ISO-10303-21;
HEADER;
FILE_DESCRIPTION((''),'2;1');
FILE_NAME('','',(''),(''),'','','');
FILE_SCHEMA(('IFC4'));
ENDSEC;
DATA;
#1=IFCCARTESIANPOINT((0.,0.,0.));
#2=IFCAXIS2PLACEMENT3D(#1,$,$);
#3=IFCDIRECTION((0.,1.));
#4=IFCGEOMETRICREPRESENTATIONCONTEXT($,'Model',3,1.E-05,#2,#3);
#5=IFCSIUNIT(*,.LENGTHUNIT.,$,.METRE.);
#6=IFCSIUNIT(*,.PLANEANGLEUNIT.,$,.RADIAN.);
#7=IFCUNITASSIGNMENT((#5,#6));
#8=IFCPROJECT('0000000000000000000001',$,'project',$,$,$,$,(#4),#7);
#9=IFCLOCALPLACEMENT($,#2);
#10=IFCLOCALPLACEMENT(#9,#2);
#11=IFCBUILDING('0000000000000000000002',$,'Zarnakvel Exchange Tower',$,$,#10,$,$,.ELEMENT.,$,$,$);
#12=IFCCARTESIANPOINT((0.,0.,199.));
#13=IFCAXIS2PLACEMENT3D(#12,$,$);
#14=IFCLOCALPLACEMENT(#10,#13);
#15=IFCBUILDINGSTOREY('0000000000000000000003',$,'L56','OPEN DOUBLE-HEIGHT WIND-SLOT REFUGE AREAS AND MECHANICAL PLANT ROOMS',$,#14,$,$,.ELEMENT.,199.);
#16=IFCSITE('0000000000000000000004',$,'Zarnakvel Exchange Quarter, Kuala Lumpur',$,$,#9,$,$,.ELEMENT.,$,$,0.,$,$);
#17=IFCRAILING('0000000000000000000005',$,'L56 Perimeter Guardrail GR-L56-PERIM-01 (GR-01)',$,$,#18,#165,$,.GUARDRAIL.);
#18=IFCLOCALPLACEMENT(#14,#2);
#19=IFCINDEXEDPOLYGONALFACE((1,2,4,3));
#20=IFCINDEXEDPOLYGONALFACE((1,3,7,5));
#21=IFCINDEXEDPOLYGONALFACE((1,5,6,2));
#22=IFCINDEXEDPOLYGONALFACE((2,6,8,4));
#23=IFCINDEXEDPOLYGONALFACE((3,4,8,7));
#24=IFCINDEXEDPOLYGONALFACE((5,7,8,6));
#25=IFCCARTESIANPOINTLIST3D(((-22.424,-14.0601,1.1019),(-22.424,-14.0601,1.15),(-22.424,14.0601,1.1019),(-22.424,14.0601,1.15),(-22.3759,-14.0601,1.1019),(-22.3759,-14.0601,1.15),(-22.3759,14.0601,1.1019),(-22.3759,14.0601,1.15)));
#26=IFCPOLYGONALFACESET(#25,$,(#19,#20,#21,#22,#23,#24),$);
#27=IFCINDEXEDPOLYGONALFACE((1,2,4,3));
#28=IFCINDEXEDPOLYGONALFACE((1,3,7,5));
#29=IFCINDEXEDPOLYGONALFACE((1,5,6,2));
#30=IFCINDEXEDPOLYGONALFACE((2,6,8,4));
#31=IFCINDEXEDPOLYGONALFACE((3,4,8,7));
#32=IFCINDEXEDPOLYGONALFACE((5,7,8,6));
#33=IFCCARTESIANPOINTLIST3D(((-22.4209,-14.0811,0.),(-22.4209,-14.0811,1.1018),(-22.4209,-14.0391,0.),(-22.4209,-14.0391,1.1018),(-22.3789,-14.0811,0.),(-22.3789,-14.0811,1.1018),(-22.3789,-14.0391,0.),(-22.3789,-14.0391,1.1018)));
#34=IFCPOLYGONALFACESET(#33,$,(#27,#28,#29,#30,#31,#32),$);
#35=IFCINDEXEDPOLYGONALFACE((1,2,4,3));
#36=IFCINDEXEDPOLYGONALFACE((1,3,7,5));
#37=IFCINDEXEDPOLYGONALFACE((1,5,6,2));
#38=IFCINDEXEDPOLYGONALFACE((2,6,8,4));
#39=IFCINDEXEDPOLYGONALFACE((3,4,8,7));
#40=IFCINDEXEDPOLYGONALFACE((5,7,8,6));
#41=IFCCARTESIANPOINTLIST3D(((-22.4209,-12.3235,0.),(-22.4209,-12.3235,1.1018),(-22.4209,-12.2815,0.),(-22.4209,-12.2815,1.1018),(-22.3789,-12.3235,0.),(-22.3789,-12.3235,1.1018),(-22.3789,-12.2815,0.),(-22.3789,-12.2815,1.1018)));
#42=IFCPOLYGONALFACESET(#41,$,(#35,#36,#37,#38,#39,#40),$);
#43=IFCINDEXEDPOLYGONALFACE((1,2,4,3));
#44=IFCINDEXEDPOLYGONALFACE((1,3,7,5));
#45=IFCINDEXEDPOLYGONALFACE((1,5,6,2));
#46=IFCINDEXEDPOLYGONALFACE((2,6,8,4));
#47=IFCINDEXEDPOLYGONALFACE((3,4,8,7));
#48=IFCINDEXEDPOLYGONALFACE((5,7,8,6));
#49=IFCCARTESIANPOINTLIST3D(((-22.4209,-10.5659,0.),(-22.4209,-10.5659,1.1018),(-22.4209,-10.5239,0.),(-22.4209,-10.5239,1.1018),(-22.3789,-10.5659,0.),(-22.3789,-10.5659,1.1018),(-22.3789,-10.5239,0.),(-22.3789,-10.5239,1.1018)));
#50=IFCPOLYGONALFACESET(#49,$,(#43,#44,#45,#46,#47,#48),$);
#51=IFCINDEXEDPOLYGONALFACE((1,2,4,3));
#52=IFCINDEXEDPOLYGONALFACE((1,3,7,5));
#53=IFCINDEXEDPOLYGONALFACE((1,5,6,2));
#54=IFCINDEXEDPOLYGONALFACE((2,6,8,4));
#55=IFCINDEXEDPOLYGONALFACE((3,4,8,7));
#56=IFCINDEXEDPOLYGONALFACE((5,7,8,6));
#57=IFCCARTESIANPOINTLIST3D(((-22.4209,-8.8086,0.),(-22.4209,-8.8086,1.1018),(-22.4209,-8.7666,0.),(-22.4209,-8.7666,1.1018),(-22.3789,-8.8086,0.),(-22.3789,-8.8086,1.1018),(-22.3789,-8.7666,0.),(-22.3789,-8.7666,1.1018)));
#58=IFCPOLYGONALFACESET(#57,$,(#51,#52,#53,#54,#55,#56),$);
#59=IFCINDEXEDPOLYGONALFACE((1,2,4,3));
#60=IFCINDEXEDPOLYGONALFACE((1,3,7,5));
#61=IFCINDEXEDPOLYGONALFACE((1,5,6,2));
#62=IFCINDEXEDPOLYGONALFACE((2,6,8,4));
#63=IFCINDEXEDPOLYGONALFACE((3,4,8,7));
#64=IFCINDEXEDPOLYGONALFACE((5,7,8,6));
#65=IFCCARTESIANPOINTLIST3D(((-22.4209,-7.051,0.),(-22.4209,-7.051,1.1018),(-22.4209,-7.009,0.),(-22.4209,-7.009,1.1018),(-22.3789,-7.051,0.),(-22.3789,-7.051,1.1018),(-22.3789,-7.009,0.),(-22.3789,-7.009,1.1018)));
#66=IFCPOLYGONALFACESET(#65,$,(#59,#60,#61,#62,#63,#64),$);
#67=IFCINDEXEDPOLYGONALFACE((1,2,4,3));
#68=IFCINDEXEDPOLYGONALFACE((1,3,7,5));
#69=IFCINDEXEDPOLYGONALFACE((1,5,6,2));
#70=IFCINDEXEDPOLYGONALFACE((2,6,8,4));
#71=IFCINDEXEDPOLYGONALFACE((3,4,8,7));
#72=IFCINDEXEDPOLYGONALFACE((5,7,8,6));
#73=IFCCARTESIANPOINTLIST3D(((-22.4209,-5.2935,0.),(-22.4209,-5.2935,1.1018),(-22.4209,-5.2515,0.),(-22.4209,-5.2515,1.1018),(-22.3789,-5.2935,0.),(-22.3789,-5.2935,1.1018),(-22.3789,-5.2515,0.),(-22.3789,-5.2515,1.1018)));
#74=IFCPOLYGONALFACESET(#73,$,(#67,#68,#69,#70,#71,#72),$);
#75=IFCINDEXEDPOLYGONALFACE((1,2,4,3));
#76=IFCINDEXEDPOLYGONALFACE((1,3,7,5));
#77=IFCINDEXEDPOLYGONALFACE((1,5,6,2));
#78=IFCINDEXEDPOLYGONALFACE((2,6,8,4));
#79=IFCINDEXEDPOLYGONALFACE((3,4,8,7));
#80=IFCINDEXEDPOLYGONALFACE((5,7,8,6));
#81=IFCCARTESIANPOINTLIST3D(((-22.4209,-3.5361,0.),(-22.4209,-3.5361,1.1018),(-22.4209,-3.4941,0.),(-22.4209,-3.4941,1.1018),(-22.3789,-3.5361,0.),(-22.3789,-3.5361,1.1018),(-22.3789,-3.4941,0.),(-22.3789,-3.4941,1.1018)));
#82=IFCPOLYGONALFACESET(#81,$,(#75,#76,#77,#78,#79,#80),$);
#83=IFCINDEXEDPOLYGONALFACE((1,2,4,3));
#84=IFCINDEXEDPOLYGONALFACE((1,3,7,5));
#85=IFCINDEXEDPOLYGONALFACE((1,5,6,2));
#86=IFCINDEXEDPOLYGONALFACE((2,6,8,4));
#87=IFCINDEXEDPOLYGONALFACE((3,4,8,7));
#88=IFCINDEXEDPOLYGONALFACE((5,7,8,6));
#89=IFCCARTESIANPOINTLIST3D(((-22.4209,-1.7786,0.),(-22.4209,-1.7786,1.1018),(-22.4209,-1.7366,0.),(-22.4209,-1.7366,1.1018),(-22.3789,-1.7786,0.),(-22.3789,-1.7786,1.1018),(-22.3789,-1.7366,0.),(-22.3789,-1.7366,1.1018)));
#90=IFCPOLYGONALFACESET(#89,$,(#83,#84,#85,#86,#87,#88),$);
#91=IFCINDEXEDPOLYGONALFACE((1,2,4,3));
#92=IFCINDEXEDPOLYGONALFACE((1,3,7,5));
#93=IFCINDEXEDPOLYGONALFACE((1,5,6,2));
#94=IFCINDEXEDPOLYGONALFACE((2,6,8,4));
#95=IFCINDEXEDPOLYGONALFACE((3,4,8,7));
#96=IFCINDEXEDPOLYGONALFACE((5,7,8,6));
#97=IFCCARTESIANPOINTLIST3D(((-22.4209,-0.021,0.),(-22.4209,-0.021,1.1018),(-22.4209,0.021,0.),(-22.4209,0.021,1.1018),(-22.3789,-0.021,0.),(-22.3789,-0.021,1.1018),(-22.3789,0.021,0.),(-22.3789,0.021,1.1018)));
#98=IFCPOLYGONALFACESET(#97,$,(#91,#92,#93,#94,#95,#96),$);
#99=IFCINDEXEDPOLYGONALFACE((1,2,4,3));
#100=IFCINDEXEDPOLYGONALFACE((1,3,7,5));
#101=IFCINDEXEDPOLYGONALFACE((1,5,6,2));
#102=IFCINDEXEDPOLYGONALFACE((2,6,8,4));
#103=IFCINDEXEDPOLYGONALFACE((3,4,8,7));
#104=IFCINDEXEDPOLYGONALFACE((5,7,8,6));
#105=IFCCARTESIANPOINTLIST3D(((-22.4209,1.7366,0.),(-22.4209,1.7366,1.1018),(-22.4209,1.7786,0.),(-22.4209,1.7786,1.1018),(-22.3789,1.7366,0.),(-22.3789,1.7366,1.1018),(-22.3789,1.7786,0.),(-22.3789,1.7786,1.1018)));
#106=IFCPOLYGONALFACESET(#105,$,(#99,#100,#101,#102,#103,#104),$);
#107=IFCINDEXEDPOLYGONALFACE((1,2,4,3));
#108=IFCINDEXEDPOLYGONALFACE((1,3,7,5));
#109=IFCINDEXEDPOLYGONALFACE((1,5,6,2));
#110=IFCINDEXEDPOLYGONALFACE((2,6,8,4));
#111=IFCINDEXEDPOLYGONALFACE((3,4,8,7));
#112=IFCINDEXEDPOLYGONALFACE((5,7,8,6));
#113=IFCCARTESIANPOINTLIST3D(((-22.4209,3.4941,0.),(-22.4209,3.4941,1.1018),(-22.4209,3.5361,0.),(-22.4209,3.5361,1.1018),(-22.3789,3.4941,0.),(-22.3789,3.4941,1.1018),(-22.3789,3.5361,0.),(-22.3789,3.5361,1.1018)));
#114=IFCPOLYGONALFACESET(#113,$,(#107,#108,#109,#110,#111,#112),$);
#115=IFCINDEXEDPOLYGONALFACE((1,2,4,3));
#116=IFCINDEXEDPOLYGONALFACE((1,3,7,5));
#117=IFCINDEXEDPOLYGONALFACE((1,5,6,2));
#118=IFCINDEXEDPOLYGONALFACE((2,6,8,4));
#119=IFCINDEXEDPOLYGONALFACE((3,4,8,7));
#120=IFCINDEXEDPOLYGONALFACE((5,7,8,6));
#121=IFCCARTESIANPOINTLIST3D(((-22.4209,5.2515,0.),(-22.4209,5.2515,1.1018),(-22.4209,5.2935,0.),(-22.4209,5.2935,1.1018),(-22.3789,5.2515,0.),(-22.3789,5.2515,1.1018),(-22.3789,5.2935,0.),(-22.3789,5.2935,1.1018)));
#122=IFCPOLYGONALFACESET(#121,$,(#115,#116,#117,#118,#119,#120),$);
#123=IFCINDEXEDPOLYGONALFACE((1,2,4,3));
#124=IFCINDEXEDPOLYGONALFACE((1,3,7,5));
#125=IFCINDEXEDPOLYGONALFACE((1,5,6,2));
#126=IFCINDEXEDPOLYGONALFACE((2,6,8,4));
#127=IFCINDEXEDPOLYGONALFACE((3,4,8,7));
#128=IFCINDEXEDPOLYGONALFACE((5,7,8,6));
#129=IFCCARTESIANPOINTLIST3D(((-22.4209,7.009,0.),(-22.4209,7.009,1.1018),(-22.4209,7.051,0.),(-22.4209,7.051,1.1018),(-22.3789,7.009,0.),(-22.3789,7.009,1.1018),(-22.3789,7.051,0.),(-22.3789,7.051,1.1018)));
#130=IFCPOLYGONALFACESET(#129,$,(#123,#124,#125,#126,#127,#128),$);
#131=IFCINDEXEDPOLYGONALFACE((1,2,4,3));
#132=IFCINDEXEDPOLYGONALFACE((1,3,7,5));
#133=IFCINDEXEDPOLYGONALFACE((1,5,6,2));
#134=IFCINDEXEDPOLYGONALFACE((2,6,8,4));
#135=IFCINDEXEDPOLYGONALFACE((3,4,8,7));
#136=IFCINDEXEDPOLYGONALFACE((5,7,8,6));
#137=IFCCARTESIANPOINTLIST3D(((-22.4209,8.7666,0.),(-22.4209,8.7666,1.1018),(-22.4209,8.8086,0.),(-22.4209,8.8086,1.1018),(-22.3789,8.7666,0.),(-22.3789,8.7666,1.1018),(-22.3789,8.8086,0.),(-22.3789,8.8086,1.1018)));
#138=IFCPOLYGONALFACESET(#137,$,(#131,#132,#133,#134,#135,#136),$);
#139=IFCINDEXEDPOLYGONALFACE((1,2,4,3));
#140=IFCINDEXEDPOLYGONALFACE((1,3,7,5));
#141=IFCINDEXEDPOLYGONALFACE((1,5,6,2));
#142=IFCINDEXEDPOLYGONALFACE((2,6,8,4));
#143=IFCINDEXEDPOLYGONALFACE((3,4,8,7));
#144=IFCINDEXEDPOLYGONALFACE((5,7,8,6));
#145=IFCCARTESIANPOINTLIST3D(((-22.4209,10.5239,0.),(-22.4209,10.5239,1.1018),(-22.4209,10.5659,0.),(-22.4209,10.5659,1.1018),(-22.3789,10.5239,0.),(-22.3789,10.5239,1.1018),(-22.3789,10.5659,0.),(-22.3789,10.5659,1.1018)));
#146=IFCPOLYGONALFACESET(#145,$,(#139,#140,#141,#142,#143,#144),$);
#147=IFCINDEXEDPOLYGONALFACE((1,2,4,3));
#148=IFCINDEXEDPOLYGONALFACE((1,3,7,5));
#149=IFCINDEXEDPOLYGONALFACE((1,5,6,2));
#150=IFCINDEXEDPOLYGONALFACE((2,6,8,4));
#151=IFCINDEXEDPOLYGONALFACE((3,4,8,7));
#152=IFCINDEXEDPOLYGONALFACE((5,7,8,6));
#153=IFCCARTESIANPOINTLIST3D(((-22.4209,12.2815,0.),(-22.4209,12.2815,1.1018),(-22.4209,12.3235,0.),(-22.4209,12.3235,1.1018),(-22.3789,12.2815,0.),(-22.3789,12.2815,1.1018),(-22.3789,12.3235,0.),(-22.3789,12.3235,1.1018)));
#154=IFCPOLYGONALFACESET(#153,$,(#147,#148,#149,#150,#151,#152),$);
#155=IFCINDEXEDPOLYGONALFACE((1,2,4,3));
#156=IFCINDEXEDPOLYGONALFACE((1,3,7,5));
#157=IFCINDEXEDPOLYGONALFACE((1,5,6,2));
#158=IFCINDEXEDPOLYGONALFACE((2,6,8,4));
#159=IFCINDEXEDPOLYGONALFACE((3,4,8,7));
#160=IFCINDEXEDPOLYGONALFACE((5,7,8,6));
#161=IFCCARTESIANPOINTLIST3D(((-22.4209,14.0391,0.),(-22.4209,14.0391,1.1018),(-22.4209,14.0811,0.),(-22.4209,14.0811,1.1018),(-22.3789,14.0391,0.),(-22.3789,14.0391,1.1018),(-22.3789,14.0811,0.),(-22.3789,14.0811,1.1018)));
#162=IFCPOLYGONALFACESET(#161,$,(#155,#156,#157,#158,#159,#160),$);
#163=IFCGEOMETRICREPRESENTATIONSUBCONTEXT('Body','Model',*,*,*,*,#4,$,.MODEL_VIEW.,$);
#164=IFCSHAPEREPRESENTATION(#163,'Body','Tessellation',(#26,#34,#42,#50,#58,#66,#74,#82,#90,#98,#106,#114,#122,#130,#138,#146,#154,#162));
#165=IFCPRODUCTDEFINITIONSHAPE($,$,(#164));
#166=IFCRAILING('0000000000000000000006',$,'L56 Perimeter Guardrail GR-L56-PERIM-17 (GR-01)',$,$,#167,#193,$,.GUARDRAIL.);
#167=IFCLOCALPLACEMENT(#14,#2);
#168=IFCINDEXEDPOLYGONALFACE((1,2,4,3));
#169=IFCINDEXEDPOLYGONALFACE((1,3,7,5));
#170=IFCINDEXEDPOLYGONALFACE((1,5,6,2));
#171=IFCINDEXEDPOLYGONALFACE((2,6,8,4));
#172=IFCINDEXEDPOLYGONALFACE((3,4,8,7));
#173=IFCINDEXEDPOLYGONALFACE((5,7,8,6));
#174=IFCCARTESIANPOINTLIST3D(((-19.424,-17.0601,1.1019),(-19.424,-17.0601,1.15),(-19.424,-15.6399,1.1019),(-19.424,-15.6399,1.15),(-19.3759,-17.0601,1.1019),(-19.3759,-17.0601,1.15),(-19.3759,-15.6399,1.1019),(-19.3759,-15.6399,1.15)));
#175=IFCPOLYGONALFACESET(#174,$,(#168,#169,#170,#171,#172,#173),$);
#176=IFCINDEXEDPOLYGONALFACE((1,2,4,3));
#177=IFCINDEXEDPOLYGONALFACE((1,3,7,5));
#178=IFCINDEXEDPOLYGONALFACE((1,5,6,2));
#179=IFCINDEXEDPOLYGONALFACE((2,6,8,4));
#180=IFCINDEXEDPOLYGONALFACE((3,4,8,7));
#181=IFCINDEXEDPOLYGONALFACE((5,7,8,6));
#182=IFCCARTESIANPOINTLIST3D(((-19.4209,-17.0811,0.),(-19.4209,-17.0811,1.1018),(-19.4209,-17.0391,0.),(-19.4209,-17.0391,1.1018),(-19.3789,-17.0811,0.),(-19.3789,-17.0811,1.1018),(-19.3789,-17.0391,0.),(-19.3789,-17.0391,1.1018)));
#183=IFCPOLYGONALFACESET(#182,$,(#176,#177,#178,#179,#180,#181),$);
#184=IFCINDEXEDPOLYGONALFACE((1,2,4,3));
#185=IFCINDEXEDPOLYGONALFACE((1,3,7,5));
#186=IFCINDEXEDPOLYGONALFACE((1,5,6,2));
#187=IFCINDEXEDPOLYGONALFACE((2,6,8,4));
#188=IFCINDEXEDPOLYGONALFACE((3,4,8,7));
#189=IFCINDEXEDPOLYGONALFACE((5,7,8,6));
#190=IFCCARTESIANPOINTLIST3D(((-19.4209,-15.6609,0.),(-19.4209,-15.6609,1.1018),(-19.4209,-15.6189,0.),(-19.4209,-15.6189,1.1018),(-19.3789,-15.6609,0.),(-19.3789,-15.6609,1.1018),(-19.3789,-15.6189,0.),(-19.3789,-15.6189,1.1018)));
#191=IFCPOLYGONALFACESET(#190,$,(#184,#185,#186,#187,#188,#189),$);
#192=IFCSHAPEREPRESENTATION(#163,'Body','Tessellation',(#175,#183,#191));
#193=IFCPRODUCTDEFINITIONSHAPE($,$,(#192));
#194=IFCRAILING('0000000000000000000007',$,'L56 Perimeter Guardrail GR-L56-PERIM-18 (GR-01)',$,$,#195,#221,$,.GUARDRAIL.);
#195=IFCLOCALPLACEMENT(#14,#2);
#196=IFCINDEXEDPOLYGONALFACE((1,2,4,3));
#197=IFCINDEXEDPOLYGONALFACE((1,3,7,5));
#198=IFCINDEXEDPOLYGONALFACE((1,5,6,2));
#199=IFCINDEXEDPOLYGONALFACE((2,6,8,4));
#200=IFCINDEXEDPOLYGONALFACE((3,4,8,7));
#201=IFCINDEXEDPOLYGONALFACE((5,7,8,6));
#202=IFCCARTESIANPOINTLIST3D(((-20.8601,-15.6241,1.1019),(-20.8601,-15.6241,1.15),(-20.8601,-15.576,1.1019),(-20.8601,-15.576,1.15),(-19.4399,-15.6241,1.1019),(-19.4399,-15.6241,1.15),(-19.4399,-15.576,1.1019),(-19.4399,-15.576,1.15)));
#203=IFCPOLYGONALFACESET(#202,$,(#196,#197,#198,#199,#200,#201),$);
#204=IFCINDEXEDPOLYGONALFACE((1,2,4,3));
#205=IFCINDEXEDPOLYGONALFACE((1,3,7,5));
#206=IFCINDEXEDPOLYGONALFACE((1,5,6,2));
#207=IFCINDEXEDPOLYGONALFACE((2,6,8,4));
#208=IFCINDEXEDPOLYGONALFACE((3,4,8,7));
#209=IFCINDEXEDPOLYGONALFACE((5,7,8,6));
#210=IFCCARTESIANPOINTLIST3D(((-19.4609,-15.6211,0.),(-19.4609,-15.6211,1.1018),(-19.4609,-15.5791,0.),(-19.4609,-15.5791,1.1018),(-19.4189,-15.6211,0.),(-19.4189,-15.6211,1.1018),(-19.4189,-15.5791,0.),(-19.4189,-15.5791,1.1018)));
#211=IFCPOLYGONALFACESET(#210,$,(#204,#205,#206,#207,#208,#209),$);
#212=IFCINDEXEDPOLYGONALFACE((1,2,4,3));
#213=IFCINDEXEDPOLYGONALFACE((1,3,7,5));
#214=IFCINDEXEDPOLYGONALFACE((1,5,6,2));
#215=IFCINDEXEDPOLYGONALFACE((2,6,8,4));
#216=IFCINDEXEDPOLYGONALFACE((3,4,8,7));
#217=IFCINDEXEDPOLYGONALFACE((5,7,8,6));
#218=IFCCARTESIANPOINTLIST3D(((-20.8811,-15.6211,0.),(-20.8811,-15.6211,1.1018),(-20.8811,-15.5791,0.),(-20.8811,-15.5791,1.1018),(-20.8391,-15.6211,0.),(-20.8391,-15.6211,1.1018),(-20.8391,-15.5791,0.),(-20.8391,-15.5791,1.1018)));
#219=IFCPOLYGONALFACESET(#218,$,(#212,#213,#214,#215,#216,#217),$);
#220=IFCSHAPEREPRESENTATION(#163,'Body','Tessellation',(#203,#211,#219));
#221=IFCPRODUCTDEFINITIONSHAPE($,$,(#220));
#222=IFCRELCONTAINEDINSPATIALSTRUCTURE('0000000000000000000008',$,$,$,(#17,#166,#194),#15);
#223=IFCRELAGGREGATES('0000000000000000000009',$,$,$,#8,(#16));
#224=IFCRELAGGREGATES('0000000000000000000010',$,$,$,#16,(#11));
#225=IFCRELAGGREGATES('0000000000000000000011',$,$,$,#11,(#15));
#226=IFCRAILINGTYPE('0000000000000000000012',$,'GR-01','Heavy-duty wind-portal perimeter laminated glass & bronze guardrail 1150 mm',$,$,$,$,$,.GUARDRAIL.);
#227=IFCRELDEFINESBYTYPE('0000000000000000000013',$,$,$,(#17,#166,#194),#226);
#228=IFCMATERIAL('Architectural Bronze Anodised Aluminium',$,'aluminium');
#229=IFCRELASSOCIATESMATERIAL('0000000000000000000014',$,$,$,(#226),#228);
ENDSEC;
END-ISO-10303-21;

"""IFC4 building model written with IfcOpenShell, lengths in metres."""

from ifc_helpers import new_model, si_unit, direction, frame, origin, origin_2d, place, context, subcontext, project, spatial, rectangle, extrude, material, type_object, element, save


model = new_model("IFC4")

# Units and contexts
model_context = context("Model", 3, precision=1e-05, world=origin(), true_north=direction((0.0, 1.0)))
body_context = subcontext(model_context, "Body", "Model", "MODEL_VIEW")
ifc_project = project(units=[si_unit("LENGTHUNIT", "METRE"), si_unit("PLANEANGLEUNIT", "RADIAN")], contexts=[model_context])

# Site, building, storey
site_placement = place(None, origin())
site = spatial("IfcSite", under=ifc_project, at=site_placement, Name="Zarnakvel Exchange Quarter, Kuala Lumpur", CompositionType="ELEMENT", RefElevation=0.0)
building_placement = place(site_placement, origin())
building = spatial("IfcBuilding", under=site, at=building_placement, Name="Zarnakvel Exchange Tower", CompositionType="ELEMENT")
storey_placement = place(building_placement, frame((0.0, 0.0, 199.0)))
storey = spatial("IfcBuildingStorey", under=building, at=storey_placement, Name="L56", Description="OPEN DOUBLE-HEIGHT WIND-SLOT REFUGE AREAS AND MECHANICAL PLANT ROOMS", CompositionType="ELEMENT", Elevation=199.0)

# Railings
ifc_material_1 = material(Name="Architectural Bronze Anodised Aluminium", Category="aluminium")
railing_type = type_object("IfcRailingType", Name="GR-01", Description="Heavy-duty wind-portal perimeter laminated glass & bronze guardrail 1150 mm", PredefinedType="GUARDRAIL", material=ifc_material_1)
railing_1_placement = place(storey_placement, frame((-22.3999, -14.0601, 0.0)))
element("IfcRailing", 1, at=railing_1_placement, inside=storey, type_object=railing_type, Name="L56 Perimeter Guardrail GR-L56-PERIM-01 (GR-01)", PredefinedType="GUARDRAIL", context=body_context, shape_type="SweptSolid", body=[
    extrude(rectangle(XDim=0.0481, YDim=0.0481, at=origin_2d()), frame((0.0, 0.0, 1.126), z_axis=(0.0, 1.0, 0.0), x_axis=(-1.0, 0.0, 0.0)), (0.0, 0.0, 1.0), 28.1201),
    extrude(rectangle(XDim=0.042, YDim=0.042, at=origin_2d()), origin(), (0.0, 0.0, 1.0), 1.1018),
    extrude(rectangle(XDim=0.042, YDim=0.042, at=origin_2d()), frame((0.0, 1.7576, 0.0)), (0.0, 0.0, 1.0), 1.1018),
    extrude(rectangle(XDim=0.042, YDim=0.042, at=origin_2d()), frame((0.0, 3.5151, 0.0)), (0.0, 0.0, 1.0), 1.1018),
    extrude(rectangle(XDim=0.042, YDim=0.042, at=origin_2d()), frame((0.0, 5.2725, 0.0)), (0.0, 0.0, 1.0), 1.1018),
    extrude(rectangle(XDim=0.042, YDim=0.042, at=origin_2d()), frame((0.0, 7.03, 0.0)), (0.0, 0.0, 1.0), 1.1018),
    extrude(rectangle(XDim=0.042, YDim=0.042, at=origin_2d()), frame((0.0, 8.7876, 0.0)), (0.0, 0.0, 1.0), 1.1018),
    extrude(rectangle(XDim=0.042, YDim=0.042, at=origin_2d()), frame((0.0, 10.5449, 0.0)), (0.0, 0.0, 1.0), 1.1018),
    extrude(rectangle(XDim=0.042, YDim=0.042, at=origin_2d()), frame((0.0, 12.3025, 0.0)), (0.0, 0.0, 1.0), 1.1018),
    extrude(rectangle(XDim=0.042, YDim=0.042, at=origin_2d()), frame((0.0, 14.0601, 0.0)), (0.0, 0.0, 1.0), 1.1018),
    extrude(rectangle(XDim=0.042, YDim=0.042, at=origin_2d()), frame((0.0, 15.8176, 0.0)), (0.0, 0.0, 1.0), 1.1018),
    extrude(rectangle(XDim=0.042, YDim=0.042, at=origin_2d()), frame((0.0, 17.5752, 0.0)), (0.0, 0.0, 1.0), 1.1018),
    extrude(rectangle(XDim=0.042, YDim=0.042, at=origin_2d()), frame((0.0, 19.3325, 0.0)), (0.0, 0.0, 1.0), 1.1018),
    extrude(rectangle(XDim=0.042, YDim=0.042, at=origin_2d()), frame((0.0, 21.0901, 0.0)), (0.0, 0.0, 1.0), 1.1018),
    extrude(rectangle(XDim=0.042, YDim=0.042, at=origin_2d()), frame((0.0, 22.8477, 0.0)), (0.0, 0.0, 1.0), 1.1018),
    extrude(rectangle(XDim=0.042, YDim=0.042, at=origin_2d()), frame((0.0, 24.605, 0.0)), (0.0, 0.0, 1.0), 1.1018),
    extrude(rectangle(XDim=0.042, YDim=0.042, at=origin_2d()), frame((0.0, 26.3625, 0.0)), (0.0, 0.0, 1.0), 1.1018),
    extrude(rectangle(XDim=0.042, YDim=0.042, at=origin_2d()), frame((0.0, 28.1201, 0.0)), (0.0, 0.0, 1.0), 1.1018),
])
railing_2_placement = place(storey_placement, frame((-19.3999, -17.0601, 0.0)))
element("IfcRailing", 2, at=railing_2_placement, inside=storey, type_object=railing_type, Name="L56 Perimeter Guardrail GR-L56-PERIM-17 (GR-01)", PredefinedType="GUARDRAIL", context=body_context, shape_type="SweptSolid", body=[
    extrude(rectangle(XDim=0.0481, YDim=0.0481, at=origin_2d()), frame((0.0, 0.0, 1.126), z_axis=(0.0, 1.0, 0.0), x_axis=(-1.0, 0.0, 0.0)), (0.0, 0.0, 1.0), 1.4202),
    extrude(rectangle(XDim=0.042, YDim=0.042, at=origin_2d()), origin(), (0.0, 0.0, 1.0), 1.1018),
    extrude(rectangle(XDim=0.042, YDim=0.042, at=origin_2d()), frame((0.0, 1.4202, 0.0)), (0.0, 0.0, 1.0), 1.1018),
])
railing_3_placement = place(storey_placement, frame((-19.4399, -15.6001, 0.0)))
element("IfcRailing", 3, at=railing_3_placement, inside=storey, type_object=railing_type, Name="L56 Perimeter Guardrail GR-L56-PERIM-18 (GR-01)", PredefinedType="GUARDRAIL", context=body_context, shape_type="SweptSolid", body=[
    extrude(rectangle(XDim=0.0481, YDim=0.0481, at=origin_2d()), frame((0.0, 0.0, 1.126), z_axis=(-1.0, 0.0, 0.0), x_axis=(0.0, -1.0, 0.0)), (0.0, 0.0, 1.0), 1.4202),
    extrude(rectangle(XDim=0.042, YDim=0.042, at=origin_2d()), origin(), (0.0, 0.0, 1.0), 1.1018),
    extrude(rectangle(XDim=0.042, YDim=0.042, at=origin_2d()), frame((-1.4202, 0.0, 0.0)), (0.0, 0.0, 1.0), 1.1018),
])

save(model, "model.ifc")
